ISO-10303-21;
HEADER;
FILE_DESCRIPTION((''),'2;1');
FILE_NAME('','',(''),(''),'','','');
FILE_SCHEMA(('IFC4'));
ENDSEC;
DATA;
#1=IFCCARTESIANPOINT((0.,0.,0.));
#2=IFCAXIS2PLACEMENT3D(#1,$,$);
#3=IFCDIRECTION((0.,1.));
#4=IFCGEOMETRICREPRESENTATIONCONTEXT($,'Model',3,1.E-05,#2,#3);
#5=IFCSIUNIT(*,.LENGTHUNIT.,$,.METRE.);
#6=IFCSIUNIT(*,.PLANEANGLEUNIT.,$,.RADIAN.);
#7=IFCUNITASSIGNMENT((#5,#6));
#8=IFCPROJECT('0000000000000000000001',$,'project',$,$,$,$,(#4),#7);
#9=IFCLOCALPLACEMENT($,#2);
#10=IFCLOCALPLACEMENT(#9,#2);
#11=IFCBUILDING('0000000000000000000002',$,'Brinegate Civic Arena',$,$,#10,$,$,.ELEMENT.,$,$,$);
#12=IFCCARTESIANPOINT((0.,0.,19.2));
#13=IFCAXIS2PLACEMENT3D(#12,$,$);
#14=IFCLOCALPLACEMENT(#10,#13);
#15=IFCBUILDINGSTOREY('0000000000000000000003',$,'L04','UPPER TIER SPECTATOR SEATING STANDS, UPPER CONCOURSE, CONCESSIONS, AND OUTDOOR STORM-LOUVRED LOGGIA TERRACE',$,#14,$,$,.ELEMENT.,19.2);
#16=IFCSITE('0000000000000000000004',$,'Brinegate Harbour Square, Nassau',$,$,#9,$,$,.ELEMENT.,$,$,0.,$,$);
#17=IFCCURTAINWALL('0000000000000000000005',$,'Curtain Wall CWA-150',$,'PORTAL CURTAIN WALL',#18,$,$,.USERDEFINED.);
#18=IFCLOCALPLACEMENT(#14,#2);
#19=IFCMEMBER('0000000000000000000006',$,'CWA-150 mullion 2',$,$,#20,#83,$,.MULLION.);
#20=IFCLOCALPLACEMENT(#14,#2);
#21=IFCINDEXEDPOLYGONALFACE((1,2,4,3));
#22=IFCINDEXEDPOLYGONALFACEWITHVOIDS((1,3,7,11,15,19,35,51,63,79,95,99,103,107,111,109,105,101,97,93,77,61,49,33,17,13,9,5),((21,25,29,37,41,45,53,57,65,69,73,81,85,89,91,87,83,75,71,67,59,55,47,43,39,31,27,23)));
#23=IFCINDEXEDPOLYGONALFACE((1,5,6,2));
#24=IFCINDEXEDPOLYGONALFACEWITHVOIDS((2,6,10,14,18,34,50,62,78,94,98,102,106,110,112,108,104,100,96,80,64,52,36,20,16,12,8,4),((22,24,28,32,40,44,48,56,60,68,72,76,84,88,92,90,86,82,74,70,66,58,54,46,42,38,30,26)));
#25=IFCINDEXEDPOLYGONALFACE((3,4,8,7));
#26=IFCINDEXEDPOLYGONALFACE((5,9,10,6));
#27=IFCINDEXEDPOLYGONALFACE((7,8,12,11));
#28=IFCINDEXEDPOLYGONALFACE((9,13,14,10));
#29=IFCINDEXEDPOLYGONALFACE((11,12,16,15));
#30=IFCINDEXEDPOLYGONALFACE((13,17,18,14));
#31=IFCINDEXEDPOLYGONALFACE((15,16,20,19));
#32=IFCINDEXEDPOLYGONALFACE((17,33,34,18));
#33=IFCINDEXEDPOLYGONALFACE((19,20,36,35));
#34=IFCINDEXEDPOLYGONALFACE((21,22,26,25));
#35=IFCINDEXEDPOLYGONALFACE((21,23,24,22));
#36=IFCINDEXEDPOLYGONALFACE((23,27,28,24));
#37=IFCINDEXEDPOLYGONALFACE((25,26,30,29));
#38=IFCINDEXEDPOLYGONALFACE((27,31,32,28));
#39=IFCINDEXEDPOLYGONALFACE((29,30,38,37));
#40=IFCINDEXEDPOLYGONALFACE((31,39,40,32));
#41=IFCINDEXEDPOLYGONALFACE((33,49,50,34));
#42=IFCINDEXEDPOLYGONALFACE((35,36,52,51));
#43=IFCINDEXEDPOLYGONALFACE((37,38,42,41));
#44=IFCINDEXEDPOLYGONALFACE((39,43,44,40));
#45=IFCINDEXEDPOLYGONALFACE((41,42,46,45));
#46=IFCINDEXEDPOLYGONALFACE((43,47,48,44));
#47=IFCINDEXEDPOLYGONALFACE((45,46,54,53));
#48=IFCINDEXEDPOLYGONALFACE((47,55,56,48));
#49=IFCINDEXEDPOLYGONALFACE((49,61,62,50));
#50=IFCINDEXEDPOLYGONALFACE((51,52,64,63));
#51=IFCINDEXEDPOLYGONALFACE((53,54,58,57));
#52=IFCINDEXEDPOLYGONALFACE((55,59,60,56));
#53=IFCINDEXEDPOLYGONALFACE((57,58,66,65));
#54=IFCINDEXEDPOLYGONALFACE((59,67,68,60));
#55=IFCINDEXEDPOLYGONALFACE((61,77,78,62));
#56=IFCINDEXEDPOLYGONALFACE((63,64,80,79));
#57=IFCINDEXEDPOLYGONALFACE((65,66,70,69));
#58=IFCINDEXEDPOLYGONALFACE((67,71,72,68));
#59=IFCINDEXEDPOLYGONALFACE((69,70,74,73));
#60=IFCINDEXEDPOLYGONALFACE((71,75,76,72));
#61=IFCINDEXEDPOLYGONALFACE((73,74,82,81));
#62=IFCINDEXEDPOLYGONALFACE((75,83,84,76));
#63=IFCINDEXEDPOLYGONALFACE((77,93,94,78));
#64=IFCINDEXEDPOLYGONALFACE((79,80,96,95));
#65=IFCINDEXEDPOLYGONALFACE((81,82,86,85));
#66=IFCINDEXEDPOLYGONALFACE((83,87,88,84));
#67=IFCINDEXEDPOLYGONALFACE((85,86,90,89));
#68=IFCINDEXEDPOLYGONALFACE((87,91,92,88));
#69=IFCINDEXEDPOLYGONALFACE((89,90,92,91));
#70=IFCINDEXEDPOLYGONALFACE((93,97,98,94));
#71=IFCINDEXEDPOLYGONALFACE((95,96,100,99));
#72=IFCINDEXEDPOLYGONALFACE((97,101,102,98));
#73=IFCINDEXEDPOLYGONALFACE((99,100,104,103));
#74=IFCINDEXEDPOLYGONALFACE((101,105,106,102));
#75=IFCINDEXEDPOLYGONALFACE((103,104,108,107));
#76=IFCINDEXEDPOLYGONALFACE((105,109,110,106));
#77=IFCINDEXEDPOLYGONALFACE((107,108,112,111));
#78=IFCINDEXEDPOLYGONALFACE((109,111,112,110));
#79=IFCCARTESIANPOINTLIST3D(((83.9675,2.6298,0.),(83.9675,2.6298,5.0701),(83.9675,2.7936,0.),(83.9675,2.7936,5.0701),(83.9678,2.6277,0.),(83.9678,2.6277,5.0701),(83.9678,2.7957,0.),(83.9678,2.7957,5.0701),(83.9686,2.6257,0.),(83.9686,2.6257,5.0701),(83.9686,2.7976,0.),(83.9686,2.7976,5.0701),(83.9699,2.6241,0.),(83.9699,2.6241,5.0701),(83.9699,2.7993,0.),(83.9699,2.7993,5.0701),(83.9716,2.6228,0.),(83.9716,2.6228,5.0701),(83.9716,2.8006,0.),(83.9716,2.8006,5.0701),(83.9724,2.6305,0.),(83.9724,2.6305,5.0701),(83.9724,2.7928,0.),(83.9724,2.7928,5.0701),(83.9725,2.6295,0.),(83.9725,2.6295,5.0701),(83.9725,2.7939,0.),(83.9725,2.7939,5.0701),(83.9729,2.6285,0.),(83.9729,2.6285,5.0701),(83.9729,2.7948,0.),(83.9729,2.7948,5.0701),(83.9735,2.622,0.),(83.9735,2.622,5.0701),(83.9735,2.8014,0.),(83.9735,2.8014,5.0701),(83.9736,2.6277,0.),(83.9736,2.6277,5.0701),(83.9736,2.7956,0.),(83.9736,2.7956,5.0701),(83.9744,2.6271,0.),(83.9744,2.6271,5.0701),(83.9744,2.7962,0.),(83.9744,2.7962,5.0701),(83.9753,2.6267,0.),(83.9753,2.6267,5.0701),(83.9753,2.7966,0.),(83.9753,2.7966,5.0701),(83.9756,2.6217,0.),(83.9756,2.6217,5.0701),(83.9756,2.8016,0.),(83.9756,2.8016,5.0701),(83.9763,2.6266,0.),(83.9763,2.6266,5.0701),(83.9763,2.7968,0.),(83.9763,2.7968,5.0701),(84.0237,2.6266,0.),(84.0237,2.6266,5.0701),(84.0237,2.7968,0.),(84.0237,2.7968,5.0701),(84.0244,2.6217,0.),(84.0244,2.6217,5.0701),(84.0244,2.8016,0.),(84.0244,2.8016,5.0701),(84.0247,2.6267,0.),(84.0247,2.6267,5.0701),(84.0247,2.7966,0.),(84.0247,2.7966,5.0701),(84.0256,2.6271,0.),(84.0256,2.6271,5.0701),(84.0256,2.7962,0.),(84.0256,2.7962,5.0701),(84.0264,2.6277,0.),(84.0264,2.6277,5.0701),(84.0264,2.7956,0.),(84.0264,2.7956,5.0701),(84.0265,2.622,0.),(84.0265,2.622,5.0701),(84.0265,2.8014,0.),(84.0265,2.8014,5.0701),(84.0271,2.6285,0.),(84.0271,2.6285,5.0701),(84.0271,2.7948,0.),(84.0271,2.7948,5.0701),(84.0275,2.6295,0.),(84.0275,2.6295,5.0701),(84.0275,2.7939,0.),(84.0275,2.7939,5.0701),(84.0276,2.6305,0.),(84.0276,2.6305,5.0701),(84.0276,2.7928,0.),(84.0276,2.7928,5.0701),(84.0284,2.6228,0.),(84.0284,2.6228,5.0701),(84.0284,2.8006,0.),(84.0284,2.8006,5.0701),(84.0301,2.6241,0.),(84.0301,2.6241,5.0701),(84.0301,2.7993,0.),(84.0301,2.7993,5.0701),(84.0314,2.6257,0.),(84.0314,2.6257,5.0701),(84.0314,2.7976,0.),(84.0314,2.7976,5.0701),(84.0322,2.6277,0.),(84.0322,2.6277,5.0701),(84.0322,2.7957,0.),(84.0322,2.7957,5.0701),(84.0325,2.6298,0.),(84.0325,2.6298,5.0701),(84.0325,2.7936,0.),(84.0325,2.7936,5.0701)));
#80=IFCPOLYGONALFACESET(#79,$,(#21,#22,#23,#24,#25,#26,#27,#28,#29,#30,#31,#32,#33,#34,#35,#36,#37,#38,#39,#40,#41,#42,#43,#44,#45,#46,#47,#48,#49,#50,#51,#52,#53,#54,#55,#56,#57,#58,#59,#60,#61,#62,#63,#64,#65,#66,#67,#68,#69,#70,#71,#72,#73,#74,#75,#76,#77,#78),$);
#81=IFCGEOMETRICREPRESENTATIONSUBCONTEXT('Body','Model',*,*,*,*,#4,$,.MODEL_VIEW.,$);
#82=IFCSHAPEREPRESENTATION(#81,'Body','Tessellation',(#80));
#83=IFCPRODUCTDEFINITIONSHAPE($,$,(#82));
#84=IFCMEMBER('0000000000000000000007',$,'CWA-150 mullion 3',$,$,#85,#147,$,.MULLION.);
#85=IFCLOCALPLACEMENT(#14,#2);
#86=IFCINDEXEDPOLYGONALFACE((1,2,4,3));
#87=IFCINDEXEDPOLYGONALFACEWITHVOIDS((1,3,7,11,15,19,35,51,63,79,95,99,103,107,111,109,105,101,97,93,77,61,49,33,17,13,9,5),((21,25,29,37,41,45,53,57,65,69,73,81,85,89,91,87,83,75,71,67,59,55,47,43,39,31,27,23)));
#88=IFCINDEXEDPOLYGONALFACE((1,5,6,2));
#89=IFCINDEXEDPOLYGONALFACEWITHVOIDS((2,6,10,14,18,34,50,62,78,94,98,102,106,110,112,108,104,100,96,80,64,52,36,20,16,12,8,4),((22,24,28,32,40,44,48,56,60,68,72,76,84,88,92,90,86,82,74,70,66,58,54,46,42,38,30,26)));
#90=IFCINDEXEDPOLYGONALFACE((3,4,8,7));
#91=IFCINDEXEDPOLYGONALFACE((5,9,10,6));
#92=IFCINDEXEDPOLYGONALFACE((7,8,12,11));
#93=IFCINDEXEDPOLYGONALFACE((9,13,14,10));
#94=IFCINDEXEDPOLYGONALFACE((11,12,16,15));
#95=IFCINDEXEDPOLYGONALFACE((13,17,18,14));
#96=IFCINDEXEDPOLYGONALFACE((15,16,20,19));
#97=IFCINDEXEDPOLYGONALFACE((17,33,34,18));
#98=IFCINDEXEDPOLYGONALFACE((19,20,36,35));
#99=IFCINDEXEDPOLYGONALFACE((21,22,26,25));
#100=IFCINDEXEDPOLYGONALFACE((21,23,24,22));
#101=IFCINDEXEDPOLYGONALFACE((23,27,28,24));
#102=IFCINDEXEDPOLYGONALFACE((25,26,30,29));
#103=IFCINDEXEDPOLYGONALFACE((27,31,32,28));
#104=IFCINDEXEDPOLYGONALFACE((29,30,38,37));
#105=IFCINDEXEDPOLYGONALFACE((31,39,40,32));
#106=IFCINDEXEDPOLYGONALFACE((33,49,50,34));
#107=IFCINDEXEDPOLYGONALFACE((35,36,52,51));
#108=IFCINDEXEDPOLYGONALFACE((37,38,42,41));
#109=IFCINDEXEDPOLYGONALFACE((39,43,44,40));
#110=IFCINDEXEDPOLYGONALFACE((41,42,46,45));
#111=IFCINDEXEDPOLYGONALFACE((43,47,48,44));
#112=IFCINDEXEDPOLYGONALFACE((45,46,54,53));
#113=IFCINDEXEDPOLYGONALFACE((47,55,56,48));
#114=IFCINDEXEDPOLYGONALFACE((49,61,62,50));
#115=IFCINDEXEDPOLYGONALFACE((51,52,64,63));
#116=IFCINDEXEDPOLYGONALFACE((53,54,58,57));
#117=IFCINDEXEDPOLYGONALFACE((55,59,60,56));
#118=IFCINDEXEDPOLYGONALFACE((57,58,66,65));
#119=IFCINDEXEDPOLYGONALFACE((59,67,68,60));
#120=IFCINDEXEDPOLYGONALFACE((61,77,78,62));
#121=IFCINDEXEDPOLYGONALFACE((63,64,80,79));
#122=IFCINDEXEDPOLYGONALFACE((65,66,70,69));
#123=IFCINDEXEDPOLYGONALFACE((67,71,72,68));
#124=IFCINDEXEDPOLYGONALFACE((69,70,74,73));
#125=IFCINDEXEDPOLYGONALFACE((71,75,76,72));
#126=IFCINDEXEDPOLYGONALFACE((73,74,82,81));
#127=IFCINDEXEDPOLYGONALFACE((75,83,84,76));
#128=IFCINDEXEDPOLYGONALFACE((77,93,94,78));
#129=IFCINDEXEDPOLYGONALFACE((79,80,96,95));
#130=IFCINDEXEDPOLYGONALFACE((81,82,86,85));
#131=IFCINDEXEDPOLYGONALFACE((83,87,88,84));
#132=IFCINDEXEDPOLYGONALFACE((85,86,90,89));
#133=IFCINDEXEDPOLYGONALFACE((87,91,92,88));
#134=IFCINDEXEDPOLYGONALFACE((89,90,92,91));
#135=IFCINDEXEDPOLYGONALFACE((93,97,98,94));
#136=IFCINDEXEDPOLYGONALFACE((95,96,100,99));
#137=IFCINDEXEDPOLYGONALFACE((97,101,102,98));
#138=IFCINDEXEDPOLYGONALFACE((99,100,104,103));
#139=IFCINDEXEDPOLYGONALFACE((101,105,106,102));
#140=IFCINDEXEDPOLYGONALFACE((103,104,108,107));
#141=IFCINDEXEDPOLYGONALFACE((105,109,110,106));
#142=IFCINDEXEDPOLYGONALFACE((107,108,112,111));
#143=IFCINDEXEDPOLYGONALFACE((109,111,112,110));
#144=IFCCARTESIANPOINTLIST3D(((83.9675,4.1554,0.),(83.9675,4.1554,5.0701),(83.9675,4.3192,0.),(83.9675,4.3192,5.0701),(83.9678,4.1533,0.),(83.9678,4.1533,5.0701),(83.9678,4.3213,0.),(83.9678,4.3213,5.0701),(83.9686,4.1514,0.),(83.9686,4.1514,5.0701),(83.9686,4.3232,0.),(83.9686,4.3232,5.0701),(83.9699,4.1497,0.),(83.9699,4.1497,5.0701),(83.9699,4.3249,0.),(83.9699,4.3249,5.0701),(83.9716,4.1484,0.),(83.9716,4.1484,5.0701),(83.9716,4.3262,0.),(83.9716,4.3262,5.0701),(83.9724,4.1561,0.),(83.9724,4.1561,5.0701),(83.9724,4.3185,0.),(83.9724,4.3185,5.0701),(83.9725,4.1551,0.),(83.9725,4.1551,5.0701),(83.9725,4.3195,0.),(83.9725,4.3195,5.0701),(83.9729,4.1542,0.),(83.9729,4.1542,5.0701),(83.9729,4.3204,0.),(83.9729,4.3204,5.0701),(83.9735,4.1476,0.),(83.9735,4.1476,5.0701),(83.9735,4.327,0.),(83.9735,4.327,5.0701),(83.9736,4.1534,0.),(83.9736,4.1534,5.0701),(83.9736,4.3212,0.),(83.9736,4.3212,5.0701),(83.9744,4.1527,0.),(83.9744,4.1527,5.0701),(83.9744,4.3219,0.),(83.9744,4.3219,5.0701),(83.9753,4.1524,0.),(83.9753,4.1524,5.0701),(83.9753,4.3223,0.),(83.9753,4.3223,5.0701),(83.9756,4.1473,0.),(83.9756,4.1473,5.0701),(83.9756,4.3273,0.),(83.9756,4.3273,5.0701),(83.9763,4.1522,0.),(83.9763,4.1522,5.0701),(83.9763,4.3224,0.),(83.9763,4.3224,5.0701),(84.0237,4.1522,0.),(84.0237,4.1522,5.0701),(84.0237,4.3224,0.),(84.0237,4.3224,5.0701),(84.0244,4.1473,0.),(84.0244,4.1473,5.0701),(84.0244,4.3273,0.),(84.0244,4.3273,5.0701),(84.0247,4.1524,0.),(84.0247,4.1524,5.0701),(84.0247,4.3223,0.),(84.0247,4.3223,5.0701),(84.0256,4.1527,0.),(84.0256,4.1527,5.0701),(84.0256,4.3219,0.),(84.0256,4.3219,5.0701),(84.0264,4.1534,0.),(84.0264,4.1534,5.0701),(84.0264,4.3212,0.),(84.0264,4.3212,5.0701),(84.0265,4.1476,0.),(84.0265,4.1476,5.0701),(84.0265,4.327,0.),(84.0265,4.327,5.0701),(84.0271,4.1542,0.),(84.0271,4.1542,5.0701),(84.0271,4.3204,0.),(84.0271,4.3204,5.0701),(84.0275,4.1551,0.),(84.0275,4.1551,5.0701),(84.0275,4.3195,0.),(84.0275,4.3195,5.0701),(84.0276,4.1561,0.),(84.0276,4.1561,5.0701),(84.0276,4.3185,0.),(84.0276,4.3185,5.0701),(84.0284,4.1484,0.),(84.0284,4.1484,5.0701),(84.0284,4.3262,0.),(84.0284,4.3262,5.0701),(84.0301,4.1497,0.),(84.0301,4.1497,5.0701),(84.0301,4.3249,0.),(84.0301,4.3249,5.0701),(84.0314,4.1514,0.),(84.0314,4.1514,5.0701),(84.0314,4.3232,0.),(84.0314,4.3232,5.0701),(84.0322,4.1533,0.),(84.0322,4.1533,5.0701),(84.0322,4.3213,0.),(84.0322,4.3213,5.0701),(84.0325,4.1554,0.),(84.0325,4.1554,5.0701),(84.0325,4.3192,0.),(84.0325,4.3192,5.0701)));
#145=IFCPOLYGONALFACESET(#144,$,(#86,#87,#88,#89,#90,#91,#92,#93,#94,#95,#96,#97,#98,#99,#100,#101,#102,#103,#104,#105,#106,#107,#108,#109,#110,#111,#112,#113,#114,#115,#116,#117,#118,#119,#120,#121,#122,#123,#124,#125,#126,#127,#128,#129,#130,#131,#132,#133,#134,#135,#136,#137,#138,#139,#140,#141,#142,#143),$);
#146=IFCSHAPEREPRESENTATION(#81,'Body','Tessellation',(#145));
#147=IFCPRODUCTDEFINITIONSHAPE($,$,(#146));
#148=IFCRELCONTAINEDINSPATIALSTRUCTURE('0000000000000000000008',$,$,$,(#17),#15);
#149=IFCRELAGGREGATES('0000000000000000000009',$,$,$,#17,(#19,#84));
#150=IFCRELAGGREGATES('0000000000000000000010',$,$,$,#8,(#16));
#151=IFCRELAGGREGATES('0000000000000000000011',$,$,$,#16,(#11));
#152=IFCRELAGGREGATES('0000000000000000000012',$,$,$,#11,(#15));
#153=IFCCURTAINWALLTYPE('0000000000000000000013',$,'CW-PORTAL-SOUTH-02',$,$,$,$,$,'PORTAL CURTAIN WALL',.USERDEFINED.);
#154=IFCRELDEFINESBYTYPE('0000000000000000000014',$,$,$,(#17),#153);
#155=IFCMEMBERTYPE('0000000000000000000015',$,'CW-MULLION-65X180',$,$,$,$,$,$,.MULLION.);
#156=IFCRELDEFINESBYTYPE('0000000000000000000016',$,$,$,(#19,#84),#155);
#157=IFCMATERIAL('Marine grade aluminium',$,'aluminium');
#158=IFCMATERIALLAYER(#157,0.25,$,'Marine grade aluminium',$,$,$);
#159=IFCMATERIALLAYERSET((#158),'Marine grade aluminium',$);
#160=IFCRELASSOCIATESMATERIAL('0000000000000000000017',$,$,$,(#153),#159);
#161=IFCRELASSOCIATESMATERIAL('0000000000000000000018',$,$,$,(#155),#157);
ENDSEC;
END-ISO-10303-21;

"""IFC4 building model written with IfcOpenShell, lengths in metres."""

from ifc_helpers import new_model, si_unit, direction, frame, origin, origin_2d, place, context, subcontext, project, spatial, hollow_rectangle, extrude, material, layer, layer_set, material_profile, profile_set, type_object, element, aggregate, save


model = new_model("IFC4")

# Units and contexts
model_context = context("Model", 3, precision=1e-05, world=origin(), true_north=direction((0.0, 1.0)))
body_context = subcontext(model_context, "Body", "Model", "MODEL_VIEW")
ifc_project = project(units=[si_unit("LENGTHUNIT", "METRE"), si_unit("PLANEANGLEUNIT", "RADIAN")], contexts=[model_context])

# Site, building, storey
site_placement = place(None, origin())
site = spatial("IfcSite", under=ifc_project, at=site_placement, Name="Brinegate Harbour Square, Nassau", CompositionType="ELEMENT", RefElevation=0.0)
building_placement = place(site_placement, origin())
building = spatial("IfcBuilding", under=site, at=building_placement, Name="Brinegate Civic Arena", CompositionType="ELEMENT")
storey_placement = place(building_placement, frame((0.0, 0.0, 19.2)))
storey = spatial("IfcBuildingStorey", under=building, at=storey_placement, Name="L04", Description="UPPER TIER SPECTATOR SEATING STANDS, UPPER CONCOURSE, CONCESSIONS, AND OUTDOOR STORM-LOUVRED LOGGIA TERRACE", CompositionType="ELEMENT", Elevation=19.2)

# Curtain wall, members
ifc_material_1 = material(Name="Marine grade aluminium", Category="aluminium")
ifc_layer_1 = layer(ifc_material_1, 0.25, Name="Marine grade aluminium")
ifc_layer_set_1 = layer_set([ifc_layer_1], Name="Marine grade aluminium")
curtain_wall_type = type_object("IfcCurtainWallType", Name="CW-PORTAL-SOUTH-02", ElementType="PORTAL CURTAIN WALL", PredefinedType="USERDEFINED", material=ifc_layer_set_1)
curtain_wall_placement = place(storey_placement, origin())
curtain_wall = element("IfcCurtainWall", 1, at=curtain_wall_placement, inside=storey, type_object=curtain_wall_type, Name="Curtain Wall CWA-150", ObjectType="PORTAL CURTAIN WALL", PredefinedType="USERDEFINED")
ifc_material_profile_1 = material_profile(ifc_material_1, hollow_rectangle(XDim=0.0649, YDim=0.1799, WallThickness=0.0049, InnerFilletRadius=0.0039, OuterFilletRadius=0.0081, at=origin_2d()), Name="MUL65X180")
ifc_profile_set_1 = profile_set([ifc_material_profile_1], Name="Marine grade aluminium")
member_type_1 = type_object("IfcMemberType", Name="CW-MULLION-65X180", PredefinedType="MULLION", material=ifc_profile_set_1)
member_1_placement = place(storey_placement, frame((84.0, 2.7117, 0.0), z_axis=(0.0, 0.0, 1.0), x_axis=(-1.0, 0.0, 0.0)))
member_1 = element("IfcMember", 2, at=member_1_placement, type_object=member_type_1, Name="CWA-150 mullion 2", PredefinedType="MULLION", context=body_context, shape_type="SweptSolid", body=[
    extrude(hollow_rectangle(XDim=0.0649, YDim=0.1799, WallThickness=0.0049, InnerFilletRadius=0.0039, OuterFilletRadius=0.0081, at=origin_2d()), origin(), (0.0, 0.0, 1.0), 5.0701),
])
member_2_placement = place(storey_placement, frame((84.0, 4.2373, 0.0), z_axis=(0.0, 0.0, 1.0), x_axis=(-1.0, 0.0, 0.0)))
member_2 = element("IfcMember", 3, at=member_2_placement, type_object=member_type_1, Name="CWA-150 mullion 3", PredefinedType="MULLION", context=body_context, shape_type="SweptSolid", body=[
    extrude(hollow_rectangle(XDim=0.0649, YDim=0.1799, WallThickness=0.0049, InnerFilletRadius=0.0039, OuterFilletRadius=0.0081, at=origin_2d()), origin(), (0.0, 0.0, 1.0), 5.0701),
])

aggregate(curtain_wall, [member_1, member_2])

save(model, "model.ifc")
